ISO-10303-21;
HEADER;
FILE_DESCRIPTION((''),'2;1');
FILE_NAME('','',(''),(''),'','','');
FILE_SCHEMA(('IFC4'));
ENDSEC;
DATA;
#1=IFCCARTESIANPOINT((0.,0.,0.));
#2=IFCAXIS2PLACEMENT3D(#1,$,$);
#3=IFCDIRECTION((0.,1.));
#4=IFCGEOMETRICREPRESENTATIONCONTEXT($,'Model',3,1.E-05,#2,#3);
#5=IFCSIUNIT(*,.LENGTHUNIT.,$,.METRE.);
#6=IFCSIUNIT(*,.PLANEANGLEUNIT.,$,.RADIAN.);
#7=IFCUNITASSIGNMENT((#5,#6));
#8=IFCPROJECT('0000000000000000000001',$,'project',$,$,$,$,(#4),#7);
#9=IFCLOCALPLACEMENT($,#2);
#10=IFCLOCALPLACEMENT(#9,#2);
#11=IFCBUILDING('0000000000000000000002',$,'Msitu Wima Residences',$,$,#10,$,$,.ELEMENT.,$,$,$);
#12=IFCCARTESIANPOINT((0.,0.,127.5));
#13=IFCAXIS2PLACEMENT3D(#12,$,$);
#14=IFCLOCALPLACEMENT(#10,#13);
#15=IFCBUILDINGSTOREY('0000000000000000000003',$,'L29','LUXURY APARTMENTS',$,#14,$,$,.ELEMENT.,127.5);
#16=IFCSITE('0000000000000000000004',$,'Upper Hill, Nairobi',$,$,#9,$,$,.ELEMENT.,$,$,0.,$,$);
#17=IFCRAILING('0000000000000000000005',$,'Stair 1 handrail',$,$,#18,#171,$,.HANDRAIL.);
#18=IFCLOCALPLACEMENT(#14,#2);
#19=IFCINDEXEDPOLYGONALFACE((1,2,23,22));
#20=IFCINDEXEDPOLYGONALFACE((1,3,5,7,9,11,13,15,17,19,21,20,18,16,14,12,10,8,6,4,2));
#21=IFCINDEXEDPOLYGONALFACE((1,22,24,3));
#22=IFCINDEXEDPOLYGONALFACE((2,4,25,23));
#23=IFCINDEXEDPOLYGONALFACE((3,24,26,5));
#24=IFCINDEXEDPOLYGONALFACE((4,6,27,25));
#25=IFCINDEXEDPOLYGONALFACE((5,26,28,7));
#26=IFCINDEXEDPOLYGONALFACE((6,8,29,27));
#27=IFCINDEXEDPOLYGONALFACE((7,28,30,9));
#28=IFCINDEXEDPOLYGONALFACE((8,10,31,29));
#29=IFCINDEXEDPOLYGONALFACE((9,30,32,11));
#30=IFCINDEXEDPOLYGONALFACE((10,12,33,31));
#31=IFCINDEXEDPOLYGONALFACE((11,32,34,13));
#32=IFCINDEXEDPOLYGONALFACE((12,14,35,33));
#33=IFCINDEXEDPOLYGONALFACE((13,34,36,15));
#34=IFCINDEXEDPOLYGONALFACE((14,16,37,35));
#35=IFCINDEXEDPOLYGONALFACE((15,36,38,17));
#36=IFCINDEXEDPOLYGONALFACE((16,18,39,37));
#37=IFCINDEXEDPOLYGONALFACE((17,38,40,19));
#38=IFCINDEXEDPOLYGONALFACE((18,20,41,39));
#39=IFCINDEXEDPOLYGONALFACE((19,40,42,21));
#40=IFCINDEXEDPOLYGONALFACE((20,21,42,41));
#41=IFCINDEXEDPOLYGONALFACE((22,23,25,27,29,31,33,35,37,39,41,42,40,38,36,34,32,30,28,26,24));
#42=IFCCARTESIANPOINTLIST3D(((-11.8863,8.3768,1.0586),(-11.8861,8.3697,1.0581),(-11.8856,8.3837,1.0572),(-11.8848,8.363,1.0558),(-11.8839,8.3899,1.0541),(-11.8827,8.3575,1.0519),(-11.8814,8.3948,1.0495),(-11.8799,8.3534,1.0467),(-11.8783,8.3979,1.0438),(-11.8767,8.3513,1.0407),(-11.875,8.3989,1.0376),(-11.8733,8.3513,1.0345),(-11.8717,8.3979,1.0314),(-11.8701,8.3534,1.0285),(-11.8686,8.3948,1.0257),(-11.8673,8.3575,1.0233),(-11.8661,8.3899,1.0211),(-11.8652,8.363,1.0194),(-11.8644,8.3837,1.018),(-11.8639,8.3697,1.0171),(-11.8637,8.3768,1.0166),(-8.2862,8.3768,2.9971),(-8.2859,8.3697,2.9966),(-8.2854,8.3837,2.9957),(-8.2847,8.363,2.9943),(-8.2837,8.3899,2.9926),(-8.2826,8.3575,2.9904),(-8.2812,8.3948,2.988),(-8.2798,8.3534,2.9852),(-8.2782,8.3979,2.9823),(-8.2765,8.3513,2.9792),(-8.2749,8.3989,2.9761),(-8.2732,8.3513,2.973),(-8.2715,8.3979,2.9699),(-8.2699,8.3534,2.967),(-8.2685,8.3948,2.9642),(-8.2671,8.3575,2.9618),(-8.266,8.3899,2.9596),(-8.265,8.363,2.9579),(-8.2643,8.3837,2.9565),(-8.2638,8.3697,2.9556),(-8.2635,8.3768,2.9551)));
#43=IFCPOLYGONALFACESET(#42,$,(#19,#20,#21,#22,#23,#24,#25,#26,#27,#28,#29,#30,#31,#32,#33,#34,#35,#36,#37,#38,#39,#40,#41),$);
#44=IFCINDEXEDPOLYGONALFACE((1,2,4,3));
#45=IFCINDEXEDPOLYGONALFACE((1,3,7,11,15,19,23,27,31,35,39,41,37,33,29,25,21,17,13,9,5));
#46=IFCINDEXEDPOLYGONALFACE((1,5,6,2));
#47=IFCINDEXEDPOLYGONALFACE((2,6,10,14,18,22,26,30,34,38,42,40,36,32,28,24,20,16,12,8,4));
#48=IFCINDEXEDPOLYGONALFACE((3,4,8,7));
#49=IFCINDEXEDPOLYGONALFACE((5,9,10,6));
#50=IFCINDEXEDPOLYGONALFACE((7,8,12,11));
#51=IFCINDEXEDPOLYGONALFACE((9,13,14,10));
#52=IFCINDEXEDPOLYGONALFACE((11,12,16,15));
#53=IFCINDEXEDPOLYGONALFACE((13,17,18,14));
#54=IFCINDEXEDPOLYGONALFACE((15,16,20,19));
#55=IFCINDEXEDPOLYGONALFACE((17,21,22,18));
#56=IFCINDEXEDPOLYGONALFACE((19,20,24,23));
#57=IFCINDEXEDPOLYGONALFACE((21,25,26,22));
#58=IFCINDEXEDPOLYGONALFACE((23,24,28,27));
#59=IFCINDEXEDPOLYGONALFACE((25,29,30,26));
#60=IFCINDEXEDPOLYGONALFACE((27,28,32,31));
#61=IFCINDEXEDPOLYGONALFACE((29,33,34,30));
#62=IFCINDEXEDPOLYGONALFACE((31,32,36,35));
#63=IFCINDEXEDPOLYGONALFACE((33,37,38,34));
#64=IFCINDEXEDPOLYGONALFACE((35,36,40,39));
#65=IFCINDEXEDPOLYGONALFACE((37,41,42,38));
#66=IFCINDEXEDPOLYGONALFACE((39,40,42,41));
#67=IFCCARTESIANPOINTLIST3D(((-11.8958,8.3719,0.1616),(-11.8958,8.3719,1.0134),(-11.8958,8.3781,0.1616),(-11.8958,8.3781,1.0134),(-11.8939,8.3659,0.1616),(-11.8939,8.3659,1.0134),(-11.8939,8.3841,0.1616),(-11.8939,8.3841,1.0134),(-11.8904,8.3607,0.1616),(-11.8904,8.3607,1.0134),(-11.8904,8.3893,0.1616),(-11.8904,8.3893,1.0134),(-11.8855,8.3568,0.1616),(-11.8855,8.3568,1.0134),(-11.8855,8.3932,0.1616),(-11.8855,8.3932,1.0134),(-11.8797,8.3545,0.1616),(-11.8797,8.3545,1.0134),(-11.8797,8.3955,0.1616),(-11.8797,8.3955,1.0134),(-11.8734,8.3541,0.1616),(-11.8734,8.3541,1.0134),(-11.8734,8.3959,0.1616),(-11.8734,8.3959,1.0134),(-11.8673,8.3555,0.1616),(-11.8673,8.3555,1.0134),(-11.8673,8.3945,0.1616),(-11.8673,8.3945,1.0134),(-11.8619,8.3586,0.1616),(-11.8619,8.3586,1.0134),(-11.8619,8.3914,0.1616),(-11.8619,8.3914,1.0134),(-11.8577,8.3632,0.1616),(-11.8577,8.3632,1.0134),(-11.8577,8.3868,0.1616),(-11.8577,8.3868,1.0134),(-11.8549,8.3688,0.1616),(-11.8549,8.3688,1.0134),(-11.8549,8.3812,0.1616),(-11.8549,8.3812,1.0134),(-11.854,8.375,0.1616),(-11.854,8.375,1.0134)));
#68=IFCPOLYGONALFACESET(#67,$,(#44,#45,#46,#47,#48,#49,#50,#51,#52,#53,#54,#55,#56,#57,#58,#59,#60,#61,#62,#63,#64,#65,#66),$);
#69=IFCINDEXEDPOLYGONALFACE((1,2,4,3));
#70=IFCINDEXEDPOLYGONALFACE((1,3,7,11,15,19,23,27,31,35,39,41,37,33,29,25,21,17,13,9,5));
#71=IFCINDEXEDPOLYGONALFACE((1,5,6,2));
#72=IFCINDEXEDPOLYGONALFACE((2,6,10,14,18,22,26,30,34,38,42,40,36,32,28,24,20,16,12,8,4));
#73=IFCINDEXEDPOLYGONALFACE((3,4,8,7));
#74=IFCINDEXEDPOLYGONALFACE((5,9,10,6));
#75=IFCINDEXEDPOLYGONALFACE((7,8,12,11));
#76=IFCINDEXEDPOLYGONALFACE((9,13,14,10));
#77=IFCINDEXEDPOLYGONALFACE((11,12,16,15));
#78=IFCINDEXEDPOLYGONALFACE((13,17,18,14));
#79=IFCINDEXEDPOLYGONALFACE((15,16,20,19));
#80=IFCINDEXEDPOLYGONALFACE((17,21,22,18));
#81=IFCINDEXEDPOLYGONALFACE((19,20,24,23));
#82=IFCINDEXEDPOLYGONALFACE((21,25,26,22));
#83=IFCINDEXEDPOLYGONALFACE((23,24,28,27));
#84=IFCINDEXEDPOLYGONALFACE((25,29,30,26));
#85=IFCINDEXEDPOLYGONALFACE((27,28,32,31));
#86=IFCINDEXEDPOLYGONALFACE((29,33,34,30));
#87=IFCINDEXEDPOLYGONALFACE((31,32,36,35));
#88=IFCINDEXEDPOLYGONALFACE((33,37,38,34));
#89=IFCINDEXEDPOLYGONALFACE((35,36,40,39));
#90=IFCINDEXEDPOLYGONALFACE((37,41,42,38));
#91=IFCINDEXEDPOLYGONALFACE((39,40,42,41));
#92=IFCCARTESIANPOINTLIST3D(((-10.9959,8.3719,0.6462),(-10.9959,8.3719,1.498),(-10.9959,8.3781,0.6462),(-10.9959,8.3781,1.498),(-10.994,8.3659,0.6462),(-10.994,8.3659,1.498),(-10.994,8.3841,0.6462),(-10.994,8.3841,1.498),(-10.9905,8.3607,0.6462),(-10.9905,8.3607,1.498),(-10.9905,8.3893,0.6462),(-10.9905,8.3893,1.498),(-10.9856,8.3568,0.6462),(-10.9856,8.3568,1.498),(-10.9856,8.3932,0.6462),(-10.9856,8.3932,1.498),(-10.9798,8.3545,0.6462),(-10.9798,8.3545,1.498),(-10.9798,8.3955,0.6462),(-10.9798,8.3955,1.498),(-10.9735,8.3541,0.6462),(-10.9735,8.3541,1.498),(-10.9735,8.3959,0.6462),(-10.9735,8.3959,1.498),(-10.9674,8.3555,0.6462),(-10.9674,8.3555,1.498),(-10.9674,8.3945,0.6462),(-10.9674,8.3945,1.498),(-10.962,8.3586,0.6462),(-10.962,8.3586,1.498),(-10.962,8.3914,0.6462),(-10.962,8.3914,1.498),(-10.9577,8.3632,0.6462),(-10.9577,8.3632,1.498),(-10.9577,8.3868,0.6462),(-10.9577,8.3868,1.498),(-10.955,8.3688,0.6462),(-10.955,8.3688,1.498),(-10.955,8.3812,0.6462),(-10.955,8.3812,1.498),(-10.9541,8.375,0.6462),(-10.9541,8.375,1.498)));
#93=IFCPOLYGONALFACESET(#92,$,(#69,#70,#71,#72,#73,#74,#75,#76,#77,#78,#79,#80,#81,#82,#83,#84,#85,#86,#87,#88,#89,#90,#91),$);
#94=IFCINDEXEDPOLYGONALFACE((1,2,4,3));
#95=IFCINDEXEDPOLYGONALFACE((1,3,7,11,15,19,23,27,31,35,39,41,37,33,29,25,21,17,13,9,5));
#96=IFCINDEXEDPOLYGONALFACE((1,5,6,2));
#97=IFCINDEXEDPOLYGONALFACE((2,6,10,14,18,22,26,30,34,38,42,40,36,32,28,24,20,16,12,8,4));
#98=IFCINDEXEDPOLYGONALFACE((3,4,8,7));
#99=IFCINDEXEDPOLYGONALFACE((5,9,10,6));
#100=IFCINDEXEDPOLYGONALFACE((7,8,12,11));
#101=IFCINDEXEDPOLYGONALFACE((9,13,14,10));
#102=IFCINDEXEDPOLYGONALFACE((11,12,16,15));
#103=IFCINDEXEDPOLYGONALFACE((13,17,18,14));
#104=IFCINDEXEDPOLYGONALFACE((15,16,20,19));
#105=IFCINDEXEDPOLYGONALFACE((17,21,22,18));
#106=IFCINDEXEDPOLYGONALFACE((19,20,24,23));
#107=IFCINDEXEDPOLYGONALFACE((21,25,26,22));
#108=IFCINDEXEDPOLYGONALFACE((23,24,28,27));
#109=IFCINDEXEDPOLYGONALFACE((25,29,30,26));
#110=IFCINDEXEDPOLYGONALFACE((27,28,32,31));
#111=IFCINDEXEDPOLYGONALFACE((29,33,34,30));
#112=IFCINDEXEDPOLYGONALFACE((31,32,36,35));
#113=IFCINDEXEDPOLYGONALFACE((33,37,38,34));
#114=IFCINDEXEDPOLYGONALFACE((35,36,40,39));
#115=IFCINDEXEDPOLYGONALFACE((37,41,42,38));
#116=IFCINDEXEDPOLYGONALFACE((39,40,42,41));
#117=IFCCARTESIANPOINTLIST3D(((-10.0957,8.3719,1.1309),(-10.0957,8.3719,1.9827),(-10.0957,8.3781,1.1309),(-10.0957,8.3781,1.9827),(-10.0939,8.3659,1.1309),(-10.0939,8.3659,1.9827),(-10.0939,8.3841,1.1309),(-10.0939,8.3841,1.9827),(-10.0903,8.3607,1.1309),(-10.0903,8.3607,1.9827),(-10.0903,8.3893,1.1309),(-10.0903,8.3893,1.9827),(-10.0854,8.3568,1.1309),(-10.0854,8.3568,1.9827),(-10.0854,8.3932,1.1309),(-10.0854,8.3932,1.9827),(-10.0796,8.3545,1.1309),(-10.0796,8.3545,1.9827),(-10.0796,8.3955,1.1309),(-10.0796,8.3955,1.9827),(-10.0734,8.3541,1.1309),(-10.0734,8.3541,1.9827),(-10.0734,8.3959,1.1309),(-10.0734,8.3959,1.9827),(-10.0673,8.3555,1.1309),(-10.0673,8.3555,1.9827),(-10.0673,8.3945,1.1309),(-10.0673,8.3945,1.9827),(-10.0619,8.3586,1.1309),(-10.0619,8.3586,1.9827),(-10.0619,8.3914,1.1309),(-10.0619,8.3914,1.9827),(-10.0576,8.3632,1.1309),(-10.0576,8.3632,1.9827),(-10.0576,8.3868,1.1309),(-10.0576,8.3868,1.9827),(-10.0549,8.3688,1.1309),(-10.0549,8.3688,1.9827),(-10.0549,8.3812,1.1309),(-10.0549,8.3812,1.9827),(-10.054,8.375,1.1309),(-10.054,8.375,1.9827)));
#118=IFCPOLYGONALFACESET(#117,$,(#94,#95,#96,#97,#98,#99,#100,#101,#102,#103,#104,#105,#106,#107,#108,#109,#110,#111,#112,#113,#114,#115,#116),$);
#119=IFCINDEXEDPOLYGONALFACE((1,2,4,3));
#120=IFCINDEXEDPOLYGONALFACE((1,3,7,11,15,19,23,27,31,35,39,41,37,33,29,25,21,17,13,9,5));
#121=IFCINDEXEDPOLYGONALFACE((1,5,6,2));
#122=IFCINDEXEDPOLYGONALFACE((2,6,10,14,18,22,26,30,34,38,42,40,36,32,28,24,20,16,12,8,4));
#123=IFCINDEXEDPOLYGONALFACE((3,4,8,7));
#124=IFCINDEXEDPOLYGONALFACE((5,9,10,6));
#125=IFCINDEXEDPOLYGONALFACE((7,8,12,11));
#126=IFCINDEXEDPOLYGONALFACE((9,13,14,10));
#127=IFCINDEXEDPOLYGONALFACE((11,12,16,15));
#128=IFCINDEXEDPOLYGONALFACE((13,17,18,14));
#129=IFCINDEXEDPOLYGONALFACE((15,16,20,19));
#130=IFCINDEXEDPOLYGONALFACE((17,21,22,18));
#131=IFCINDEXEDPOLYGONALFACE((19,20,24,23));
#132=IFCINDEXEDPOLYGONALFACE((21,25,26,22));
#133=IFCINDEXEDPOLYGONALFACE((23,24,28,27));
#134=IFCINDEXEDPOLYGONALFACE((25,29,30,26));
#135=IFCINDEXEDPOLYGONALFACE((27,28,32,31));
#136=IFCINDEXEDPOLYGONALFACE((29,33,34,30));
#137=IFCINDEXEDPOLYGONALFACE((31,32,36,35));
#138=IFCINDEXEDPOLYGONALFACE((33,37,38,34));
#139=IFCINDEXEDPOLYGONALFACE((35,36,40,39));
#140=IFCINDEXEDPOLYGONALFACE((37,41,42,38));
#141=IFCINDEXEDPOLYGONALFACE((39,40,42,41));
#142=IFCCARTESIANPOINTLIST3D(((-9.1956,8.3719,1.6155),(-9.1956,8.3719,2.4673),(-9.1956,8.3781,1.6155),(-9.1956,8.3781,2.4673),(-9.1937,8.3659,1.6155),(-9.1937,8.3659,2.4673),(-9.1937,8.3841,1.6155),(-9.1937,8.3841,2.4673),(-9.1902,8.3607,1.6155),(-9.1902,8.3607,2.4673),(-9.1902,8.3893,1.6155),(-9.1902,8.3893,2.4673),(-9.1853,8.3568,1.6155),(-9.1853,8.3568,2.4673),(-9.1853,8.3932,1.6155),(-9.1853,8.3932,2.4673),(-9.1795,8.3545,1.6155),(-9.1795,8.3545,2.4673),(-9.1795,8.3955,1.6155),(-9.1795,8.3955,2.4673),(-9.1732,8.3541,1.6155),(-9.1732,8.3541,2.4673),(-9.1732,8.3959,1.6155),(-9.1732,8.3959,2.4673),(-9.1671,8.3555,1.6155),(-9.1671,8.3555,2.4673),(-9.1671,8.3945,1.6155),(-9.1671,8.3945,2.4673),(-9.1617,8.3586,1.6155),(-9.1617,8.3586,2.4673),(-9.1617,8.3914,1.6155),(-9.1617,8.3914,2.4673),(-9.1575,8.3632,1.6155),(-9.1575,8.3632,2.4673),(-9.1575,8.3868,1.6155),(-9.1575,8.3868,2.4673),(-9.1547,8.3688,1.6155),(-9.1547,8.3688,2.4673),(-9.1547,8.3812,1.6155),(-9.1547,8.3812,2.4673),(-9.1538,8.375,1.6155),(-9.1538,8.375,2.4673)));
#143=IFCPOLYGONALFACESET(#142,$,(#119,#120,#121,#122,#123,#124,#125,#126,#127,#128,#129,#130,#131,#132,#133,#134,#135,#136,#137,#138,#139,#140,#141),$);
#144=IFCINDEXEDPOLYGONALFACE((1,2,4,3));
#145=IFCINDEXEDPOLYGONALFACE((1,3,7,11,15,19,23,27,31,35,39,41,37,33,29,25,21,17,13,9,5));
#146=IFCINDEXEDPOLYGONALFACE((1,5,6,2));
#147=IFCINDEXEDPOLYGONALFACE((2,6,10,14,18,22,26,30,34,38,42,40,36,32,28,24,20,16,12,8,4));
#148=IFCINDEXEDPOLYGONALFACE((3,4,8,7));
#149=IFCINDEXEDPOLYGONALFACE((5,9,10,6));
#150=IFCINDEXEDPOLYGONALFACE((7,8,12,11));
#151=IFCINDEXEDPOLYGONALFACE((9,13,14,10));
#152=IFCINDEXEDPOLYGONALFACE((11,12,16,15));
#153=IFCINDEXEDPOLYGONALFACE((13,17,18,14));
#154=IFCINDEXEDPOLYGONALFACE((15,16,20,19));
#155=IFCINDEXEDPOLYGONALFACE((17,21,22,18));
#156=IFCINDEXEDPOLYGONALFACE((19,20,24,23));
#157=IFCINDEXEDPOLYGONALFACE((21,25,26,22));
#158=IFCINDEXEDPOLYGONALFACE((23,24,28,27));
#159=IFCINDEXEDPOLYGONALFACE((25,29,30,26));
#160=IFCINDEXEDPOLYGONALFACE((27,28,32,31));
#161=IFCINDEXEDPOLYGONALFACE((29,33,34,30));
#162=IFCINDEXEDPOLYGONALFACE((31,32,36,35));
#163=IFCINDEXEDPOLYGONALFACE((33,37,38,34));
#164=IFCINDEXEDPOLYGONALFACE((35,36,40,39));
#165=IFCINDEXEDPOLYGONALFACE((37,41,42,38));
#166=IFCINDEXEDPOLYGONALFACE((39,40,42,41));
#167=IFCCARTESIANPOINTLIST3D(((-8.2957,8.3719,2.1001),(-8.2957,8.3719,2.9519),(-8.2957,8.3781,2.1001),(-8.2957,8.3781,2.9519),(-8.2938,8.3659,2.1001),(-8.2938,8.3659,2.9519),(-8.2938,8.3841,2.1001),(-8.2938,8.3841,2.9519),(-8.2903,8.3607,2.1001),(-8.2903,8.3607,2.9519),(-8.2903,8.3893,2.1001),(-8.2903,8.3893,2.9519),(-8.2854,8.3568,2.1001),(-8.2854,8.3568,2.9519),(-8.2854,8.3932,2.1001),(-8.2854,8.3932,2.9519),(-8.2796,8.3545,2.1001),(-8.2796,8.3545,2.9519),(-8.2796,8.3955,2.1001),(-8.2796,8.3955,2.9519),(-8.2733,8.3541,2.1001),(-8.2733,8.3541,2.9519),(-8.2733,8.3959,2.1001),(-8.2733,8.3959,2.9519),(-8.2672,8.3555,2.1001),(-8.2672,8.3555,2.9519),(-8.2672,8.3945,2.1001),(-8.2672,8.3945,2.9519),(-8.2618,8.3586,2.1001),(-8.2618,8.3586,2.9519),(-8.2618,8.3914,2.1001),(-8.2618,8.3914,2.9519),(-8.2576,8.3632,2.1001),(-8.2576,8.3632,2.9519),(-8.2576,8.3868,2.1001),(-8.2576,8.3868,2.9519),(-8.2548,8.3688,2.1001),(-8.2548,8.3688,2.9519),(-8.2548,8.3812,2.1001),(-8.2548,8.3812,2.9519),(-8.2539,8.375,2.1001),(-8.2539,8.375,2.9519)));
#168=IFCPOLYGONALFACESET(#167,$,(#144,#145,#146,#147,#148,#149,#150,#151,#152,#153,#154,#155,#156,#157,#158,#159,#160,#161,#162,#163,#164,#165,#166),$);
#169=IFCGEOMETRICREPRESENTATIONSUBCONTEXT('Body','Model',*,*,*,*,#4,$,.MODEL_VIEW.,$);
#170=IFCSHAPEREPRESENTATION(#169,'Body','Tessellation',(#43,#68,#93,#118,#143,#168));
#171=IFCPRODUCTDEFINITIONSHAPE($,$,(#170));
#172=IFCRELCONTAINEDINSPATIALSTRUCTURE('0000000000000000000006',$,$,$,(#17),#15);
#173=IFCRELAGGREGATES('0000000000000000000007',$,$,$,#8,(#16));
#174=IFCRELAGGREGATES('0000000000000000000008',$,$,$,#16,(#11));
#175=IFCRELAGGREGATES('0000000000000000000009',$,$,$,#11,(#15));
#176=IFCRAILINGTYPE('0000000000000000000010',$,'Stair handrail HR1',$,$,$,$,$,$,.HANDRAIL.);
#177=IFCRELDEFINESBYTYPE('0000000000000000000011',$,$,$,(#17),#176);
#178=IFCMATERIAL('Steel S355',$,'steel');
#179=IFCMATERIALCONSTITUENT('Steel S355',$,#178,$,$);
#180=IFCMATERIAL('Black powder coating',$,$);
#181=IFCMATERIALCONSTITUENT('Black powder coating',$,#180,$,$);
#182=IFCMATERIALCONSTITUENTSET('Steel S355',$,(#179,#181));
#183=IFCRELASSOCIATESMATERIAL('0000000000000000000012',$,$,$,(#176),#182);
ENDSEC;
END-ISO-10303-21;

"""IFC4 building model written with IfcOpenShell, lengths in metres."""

from ifc_helpers import new_model, si_unit, direction, frame, origin, origin_2d, place, context, subcontext, project, spatial, circle, extrude, material, constituent, constituent_set, type_object, element, save


model = new_model("IFC4")

# Units and contexts
model_context = context("Model", 3, precision=1e-05, world=origin(), true_north=direction((0.0, 1.0)))
body_context = subcontext(model_context, "Body", "Model", "MODEL_VIEW")
ifc_project = project(units=[si_unit("LENGTHUNIT", "METRE"), si_unit("PLANEANGLEUNIT", "RADIAN")], contexts=[model_context])

# Site, building, storey
site_placement = place(None, origin())
site = spatial("IfcSite", under=ifc_project, at=site_placement, Name="Upper Hill, Nairobi", CompositionType="ELEMENT", RefElevation=0.0)
building_placement = place(site_placement, origin())
building = spatial("IfcBuilding", under=site, at=building_placement, Name="Msitu Wima Residences", CompositionType="ELEMENT")
storey_placement = place(building_placement, frame((0.0, 0.0, 127.5)))
storey = spatial("IfcBuildingStorey", under=building, at=storey_placement, Name="L29", Description="LUXURY APARTMENTS", CompositionType="ELEMENT", Elevation=127.5)

# Railing
ifc_material_1 = material(Name="Steel S355", Category="steel")
ifc_constituent_1 = constituent(ifc_material_1, Name="Steel S355")
ifc_material_2 = material(Name="Black powder coating")
ifc_constituent_2 = constituent(ifc_material_2, Name="Black powder coating")
ifc_constituent_set = constituent_set(constituents=[ifc_constituent_1, ifc_constituent_2], Name="Steel S355")
railing_type = type_object("IfcRailingType", Name="Stair handrail HR1", PredefinedType="HANDRAIL", material=ifc_constituent_set)
for number, where, name in (
    (1, (-11.875, 8.375, 0.1616), "Stair 1 handrail"),
):
    element("IfcRailing", number, at=place(storey_placement, frame(where)), inside=storey, type_object=railing_type, Name=name, PredefinedType="HANDRAIL", context=body_context, shape_type="SweptSolid", body=[
        extrude(circle(Radius=0.0239, at=origin_2d()), frame((0.0, 0.0, 0.876), z_axis=(0.880475, 0.0, 0.474093), x_axis=(0.0, 1.0, 0.0)), (0.0, 0.0, 1.0), 4.0889),
        extrude(circle(Radius=0.021, at=origin_2d()), origin(), (0.0, 0.0, 1.0), 0.8518),
        extrude(circle(Radius=0.021, at=origin_2d()), frame((0.8999, 0.0, 0.4846)), (0.0, 0.0, 1.0), 0.8518),
        extrude(circle(Radius=0.021, at=origin_2d()), frame((1.8, 0.0, 0.9692)), (0.0, 0.0, 1.0), 0.8518),
        extrude(circle(Radius=0.021, at=origin_2d()), frame((2.7002, 0.0, 1.4539)), (0.0, 0.0, 1.0), 0.8518),
        extrude(circle(Radius=0.021, at=origin_2d()), frame((3.6001, 0.0, 1.9385)), (0.0, 0.0, 1.0), 0.8518),
    ])

save(model, "model.ifc")
